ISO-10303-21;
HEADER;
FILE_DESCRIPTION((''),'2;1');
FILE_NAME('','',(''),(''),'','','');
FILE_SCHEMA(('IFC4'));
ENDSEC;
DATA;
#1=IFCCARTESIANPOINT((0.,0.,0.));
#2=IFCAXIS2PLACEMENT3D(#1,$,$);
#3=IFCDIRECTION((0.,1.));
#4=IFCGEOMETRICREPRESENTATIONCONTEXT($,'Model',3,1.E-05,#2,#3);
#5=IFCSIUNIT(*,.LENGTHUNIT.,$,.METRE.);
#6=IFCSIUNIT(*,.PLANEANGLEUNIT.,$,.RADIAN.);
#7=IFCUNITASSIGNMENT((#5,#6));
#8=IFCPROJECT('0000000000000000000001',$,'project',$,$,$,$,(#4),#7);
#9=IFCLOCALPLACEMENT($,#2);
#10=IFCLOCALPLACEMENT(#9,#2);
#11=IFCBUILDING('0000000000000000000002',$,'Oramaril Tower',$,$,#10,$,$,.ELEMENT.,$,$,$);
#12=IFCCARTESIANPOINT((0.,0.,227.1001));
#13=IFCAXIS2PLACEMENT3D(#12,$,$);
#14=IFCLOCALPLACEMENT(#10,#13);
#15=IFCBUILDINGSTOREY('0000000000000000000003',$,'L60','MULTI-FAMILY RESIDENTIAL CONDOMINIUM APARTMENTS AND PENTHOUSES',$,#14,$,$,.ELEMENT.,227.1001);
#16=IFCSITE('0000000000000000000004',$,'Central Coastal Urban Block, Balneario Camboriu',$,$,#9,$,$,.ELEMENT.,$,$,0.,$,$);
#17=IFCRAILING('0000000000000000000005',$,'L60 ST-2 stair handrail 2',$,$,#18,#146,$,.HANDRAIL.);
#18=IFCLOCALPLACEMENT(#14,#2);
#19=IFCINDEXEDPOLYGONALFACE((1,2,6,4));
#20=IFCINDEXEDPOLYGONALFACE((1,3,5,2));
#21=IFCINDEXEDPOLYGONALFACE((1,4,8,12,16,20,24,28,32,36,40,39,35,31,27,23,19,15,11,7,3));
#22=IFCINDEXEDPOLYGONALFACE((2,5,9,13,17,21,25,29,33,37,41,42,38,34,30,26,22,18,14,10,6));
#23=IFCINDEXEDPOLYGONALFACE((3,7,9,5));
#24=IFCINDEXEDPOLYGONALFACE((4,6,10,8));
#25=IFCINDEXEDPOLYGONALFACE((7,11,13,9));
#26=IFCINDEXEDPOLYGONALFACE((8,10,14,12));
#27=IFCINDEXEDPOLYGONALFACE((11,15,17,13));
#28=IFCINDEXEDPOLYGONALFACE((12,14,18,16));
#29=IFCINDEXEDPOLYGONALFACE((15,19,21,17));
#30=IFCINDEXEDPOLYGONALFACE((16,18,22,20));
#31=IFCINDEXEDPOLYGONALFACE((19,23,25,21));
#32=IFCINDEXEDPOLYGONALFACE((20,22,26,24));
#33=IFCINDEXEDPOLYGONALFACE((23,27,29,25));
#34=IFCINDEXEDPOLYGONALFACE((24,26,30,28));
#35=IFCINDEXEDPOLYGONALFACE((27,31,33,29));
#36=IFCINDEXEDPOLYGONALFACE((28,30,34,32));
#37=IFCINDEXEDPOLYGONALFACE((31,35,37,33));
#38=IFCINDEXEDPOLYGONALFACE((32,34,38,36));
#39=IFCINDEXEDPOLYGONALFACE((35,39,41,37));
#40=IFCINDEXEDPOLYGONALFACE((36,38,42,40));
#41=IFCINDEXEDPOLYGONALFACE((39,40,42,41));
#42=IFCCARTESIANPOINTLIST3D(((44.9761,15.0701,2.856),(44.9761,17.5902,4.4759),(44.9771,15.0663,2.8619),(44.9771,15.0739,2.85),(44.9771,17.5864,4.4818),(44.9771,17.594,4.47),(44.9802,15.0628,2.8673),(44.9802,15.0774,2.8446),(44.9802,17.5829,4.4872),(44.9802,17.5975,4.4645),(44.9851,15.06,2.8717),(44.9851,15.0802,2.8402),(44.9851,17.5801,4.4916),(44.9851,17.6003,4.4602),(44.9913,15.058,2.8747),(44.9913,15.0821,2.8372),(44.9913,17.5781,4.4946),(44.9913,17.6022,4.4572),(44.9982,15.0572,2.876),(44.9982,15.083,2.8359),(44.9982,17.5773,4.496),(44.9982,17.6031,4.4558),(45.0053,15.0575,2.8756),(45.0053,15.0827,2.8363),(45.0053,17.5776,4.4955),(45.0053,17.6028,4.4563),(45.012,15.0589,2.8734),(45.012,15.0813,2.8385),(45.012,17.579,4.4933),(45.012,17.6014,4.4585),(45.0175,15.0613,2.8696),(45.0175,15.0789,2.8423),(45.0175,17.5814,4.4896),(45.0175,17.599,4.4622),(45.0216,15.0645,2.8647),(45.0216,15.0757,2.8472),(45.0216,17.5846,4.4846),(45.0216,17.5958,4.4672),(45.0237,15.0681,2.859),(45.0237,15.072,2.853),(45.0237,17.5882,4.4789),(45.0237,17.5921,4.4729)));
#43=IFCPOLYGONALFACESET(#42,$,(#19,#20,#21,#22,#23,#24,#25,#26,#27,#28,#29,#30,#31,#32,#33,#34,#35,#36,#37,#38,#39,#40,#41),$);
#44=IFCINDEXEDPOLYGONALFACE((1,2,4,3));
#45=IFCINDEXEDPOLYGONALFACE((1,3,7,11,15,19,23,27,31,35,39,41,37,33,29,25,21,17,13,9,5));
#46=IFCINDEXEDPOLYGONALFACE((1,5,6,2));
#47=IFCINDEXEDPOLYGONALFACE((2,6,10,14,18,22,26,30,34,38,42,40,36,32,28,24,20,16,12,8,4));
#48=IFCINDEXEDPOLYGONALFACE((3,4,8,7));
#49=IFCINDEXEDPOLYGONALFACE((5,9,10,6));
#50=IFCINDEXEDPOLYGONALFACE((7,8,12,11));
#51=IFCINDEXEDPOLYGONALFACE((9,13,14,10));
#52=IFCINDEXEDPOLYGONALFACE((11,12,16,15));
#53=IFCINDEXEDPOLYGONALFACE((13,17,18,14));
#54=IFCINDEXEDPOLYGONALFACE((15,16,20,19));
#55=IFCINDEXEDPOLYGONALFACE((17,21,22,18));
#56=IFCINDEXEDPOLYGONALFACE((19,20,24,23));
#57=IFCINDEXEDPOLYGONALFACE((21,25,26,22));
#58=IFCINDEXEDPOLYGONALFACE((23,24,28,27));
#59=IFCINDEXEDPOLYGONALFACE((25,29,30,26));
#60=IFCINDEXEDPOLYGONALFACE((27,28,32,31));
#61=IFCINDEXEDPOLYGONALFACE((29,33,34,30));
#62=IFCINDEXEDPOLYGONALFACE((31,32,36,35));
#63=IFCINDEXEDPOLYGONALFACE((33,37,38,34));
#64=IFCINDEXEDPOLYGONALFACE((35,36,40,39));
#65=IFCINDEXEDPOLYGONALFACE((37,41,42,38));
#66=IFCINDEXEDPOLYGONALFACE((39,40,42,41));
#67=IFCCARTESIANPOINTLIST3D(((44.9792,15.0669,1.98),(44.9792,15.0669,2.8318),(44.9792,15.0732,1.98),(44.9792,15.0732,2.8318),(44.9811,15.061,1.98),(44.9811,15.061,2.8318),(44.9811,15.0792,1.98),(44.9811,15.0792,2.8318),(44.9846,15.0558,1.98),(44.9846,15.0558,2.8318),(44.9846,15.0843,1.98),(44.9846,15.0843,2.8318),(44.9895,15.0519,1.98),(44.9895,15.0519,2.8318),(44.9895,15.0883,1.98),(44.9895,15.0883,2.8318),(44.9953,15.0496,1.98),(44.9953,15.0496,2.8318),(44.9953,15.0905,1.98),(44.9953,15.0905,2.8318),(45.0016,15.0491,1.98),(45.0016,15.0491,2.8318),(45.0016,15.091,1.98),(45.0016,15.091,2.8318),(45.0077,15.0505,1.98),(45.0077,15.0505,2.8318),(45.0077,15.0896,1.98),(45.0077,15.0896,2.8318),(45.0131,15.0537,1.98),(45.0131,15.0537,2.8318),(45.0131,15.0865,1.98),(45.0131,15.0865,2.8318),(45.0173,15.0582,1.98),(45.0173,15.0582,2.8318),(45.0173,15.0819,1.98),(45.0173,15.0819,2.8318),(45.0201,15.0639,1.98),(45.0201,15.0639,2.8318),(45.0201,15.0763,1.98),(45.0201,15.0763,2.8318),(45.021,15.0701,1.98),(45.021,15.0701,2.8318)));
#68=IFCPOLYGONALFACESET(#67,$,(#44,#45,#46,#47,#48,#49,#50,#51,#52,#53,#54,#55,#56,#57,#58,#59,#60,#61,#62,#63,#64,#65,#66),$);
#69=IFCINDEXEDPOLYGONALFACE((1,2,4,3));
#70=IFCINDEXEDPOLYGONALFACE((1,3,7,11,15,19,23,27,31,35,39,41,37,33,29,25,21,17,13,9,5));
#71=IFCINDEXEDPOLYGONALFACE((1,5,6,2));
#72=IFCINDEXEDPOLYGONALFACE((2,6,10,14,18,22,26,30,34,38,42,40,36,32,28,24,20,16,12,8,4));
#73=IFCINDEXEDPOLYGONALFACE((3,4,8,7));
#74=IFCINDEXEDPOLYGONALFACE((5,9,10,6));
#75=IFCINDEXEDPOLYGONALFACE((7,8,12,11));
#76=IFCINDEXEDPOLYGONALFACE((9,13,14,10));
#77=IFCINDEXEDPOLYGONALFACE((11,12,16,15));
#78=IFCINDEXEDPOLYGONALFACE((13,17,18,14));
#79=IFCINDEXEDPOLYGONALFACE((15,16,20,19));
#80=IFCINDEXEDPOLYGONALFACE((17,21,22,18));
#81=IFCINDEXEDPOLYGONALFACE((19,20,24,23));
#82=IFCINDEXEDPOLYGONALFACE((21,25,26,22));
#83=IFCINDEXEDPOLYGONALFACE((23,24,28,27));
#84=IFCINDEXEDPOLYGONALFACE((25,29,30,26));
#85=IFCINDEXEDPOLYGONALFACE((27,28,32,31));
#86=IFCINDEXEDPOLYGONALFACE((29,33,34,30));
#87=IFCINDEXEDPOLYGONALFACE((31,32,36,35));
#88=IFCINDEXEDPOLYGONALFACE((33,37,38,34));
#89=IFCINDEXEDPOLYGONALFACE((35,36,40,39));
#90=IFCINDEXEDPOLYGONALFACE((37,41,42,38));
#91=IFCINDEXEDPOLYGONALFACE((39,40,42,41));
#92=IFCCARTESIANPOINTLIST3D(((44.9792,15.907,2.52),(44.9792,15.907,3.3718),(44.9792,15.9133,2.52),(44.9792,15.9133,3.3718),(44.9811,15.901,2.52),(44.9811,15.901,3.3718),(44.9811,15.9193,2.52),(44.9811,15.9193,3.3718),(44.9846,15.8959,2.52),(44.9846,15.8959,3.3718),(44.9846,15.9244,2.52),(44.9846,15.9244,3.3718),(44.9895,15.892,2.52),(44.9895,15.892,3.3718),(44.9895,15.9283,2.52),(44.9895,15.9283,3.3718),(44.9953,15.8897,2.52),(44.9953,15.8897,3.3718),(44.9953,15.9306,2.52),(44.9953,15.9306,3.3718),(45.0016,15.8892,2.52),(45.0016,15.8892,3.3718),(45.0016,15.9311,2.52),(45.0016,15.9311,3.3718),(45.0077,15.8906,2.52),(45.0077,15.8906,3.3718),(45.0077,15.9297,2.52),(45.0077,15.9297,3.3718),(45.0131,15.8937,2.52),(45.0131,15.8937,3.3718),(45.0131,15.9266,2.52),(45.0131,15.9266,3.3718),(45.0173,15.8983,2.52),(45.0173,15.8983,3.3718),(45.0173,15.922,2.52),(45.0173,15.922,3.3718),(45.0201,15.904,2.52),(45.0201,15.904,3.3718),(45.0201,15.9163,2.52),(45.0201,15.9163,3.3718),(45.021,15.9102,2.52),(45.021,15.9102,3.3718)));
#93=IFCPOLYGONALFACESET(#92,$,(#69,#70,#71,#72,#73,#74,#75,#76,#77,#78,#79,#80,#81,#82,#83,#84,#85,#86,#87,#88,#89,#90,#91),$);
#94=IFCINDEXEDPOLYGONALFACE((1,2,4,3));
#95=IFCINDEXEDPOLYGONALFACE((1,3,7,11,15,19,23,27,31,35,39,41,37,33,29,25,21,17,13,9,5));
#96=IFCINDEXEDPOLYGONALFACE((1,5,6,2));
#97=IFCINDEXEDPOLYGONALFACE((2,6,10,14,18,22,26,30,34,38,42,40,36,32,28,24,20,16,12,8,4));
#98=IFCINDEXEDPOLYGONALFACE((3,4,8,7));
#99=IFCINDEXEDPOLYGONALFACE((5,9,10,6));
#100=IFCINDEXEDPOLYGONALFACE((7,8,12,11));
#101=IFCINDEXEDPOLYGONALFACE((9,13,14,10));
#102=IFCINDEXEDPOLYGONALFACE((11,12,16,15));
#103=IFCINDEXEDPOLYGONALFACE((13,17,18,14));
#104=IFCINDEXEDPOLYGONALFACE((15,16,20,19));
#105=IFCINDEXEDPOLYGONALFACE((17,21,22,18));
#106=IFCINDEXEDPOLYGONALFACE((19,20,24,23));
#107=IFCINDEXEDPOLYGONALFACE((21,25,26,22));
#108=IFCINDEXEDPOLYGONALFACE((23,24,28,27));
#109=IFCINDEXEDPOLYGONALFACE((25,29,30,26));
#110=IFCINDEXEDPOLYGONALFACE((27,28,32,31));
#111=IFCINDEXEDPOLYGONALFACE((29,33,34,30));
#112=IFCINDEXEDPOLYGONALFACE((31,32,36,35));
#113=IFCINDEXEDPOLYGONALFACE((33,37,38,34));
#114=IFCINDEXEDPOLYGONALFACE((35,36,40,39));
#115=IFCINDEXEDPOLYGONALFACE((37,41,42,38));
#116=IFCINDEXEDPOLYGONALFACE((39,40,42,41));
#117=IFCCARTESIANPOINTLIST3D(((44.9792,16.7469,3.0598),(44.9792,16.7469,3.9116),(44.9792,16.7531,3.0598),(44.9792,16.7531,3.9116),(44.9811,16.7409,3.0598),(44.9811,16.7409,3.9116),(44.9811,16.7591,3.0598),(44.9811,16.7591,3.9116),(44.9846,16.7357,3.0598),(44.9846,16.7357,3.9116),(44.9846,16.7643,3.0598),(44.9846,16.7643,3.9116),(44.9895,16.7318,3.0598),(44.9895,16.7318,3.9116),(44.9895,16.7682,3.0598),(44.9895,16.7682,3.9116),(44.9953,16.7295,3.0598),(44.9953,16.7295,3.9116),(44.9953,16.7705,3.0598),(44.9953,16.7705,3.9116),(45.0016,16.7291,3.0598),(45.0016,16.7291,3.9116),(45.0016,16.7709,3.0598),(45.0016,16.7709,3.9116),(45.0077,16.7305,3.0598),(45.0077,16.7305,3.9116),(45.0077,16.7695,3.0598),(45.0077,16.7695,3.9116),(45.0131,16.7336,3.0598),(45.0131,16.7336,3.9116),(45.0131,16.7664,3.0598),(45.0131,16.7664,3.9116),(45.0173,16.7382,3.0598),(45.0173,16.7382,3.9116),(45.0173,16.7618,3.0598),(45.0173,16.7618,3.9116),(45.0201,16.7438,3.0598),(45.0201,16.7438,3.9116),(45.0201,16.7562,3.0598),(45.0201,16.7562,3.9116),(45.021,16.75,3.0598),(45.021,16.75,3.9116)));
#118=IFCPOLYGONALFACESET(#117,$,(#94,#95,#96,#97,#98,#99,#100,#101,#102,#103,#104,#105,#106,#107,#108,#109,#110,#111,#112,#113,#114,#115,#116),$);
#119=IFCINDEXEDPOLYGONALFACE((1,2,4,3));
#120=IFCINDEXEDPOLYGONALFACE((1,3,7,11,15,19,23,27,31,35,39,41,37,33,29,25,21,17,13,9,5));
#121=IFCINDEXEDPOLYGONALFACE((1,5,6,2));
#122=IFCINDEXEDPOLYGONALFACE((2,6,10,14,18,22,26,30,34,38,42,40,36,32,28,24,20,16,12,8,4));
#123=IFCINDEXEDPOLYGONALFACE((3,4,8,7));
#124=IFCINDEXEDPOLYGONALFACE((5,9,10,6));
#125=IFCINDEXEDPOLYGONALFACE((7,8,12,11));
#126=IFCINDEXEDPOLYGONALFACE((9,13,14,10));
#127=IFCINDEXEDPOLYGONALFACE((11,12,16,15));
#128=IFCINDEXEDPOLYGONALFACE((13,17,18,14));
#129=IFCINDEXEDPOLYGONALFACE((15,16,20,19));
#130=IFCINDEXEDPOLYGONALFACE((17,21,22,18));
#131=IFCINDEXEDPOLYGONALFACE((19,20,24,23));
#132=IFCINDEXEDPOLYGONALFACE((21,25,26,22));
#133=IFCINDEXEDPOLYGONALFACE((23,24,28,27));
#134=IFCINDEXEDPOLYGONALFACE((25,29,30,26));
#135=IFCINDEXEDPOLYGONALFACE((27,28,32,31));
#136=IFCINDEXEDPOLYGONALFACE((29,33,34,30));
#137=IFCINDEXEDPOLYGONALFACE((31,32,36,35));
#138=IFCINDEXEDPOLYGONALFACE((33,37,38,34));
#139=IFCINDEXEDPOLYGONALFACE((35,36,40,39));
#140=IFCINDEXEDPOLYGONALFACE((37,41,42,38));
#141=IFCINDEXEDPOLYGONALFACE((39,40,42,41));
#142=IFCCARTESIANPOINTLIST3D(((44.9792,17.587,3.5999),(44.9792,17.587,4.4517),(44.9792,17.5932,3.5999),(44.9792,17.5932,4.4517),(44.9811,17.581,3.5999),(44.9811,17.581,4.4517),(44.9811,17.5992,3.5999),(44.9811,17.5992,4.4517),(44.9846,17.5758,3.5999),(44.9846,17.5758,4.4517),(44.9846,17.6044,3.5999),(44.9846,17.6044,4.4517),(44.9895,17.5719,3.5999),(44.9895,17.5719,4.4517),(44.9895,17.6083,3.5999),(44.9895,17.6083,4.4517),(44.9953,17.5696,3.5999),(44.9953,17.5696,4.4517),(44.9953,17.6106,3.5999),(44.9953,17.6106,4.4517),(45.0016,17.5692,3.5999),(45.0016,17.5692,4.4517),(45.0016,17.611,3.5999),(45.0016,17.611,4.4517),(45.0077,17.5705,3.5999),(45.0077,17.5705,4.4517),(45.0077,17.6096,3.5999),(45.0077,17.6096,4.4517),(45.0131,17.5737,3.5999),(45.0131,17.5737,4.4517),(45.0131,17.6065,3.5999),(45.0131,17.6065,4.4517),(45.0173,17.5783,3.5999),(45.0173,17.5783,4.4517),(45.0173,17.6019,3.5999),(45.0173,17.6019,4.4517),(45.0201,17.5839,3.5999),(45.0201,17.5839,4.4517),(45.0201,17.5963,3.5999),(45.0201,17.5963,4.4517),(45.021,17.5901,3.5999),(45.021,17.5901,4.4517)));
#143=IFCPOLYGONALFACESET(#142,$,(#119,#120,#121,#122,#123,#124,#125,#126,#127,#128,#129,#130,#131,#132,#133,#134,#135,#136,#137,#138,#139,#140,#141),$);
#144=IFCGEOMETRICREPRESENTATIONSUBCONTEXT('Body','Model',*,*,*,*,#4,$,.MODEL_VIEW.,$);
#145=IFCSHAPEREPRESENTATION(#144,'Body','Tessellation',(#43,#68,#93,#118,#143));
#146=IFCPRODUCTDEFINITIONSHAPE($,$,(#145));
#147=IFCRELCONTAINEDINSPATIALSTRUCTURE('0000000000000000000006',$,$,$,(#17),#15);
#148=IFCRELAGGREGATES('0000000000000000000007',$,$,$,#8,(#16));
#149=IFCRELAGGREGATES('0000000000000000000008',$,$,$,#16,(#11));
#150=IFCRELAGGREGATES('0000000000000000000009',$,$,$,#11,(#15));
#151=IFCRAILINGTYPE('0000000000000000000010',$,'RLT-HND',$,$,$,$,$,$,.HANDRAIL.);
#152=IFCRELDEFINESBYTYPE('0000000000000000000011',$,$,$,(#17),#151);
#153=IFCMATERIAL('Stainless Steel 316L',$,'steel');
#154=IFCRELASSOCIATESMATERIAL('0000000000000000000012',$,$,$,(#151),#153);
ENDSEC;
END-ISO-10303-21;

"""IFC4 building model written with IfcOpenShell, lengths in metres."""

from ifc_helpers import new_model, si_unit, direction, frame, origin, origin_2d, place, context, subcontext, project, spatial, circle, extrude, material, type_object, element, save


model = new_model("IFC4")

# Units and contexts
model_context = context("Model", 3, precision=1e-05, world=origin(), true_north=direction((0.0, 1.0)))
body_context = subcontext(model_context, "Body", "Model", "MODEL_VIEW")
ifc_project = project(units=[si_unit("LENGTHUNIT", "METRE"), si_unit("PLANEANGLEUNIT", "RADIAN")], contexts=[model_context])

# Site, building, storey
site_placement = place(None, origin())
site = spatial("IfcSite", under=ifc_project, at=site_placement, Name="Central Coastal Urban Block, Balneario Camboriu", CompositionType="ELEMENT", RefElevation=0.0)
building_placement = place(site_placement, origin())
building = spatial("IfcBuilding", under=site, at=building_placement, Name="Oramaril Tower", CompositionType="ELEMENT")
storey_placement = place(building_placement, frame((0.0, 0.0, 227.1001)))
storey = spatial("IfcBuildingStorey", under=building, at=storey_placement, Name="L60", Description="MULTI-FAMILY RESIDENTIAL CONDOMINIUM APARTMENTS AND PENTHOUSES", CompositionType="ELEMENT", Elevation=227.1001)

# Railing
ifc_material_1 = material(Name="Stainless Steel 316L", Category="steel")
railing_type_1 = type_object("IfcRailingType", Name="RLT-HND", PredefinedType="HANDRAIL", material=ifc_material_1)
railing_1_placement = place(storey_placement, frame((45.0, 15.0701, 1.98)))
element("IfcRailing", 1, at=railing_1_placement, inside=storey, type_object=railing_type_1, Name="L60 ST-2 stair handrail 2", PredefinedType="HANDRAIL", context=body_context, shape_type="SweptSolid", body=[
    extrude(circle(Radius=0.0239, at=origin_2d()), frame((0.0, 0.0, 0.876), z_axis=(0.0, 0.8412, 0.540725), x_axis=(-1.0, 0.0, 0.0)), (0.0, 0.0, 1.0), 2.9958),
    extrude(circle(Radius=0.021, at=origin_2d()), origin(), (0.0, 0.0, 1.0), 0.8518),
    extrude(circle(Radius=0.021, at=origin_2d()), frame((0.0, 0.8401, 0.54)), (0.0, 0.0, 1.0), 0.8518),
    extrude(circle(Radius=0.021, at=origin_2d()), frame((0.0, 1.6799, 1.0798)), (0.0, 0.0, 1.0), 0.8518),
    extrude(circle(Radius=0.021, at=origin_2d()), frame((0.0, 2.52, 1.6199)), (0.0, 0.0, 1.0), 0.8518),
])

save(model, "model.ifc")
